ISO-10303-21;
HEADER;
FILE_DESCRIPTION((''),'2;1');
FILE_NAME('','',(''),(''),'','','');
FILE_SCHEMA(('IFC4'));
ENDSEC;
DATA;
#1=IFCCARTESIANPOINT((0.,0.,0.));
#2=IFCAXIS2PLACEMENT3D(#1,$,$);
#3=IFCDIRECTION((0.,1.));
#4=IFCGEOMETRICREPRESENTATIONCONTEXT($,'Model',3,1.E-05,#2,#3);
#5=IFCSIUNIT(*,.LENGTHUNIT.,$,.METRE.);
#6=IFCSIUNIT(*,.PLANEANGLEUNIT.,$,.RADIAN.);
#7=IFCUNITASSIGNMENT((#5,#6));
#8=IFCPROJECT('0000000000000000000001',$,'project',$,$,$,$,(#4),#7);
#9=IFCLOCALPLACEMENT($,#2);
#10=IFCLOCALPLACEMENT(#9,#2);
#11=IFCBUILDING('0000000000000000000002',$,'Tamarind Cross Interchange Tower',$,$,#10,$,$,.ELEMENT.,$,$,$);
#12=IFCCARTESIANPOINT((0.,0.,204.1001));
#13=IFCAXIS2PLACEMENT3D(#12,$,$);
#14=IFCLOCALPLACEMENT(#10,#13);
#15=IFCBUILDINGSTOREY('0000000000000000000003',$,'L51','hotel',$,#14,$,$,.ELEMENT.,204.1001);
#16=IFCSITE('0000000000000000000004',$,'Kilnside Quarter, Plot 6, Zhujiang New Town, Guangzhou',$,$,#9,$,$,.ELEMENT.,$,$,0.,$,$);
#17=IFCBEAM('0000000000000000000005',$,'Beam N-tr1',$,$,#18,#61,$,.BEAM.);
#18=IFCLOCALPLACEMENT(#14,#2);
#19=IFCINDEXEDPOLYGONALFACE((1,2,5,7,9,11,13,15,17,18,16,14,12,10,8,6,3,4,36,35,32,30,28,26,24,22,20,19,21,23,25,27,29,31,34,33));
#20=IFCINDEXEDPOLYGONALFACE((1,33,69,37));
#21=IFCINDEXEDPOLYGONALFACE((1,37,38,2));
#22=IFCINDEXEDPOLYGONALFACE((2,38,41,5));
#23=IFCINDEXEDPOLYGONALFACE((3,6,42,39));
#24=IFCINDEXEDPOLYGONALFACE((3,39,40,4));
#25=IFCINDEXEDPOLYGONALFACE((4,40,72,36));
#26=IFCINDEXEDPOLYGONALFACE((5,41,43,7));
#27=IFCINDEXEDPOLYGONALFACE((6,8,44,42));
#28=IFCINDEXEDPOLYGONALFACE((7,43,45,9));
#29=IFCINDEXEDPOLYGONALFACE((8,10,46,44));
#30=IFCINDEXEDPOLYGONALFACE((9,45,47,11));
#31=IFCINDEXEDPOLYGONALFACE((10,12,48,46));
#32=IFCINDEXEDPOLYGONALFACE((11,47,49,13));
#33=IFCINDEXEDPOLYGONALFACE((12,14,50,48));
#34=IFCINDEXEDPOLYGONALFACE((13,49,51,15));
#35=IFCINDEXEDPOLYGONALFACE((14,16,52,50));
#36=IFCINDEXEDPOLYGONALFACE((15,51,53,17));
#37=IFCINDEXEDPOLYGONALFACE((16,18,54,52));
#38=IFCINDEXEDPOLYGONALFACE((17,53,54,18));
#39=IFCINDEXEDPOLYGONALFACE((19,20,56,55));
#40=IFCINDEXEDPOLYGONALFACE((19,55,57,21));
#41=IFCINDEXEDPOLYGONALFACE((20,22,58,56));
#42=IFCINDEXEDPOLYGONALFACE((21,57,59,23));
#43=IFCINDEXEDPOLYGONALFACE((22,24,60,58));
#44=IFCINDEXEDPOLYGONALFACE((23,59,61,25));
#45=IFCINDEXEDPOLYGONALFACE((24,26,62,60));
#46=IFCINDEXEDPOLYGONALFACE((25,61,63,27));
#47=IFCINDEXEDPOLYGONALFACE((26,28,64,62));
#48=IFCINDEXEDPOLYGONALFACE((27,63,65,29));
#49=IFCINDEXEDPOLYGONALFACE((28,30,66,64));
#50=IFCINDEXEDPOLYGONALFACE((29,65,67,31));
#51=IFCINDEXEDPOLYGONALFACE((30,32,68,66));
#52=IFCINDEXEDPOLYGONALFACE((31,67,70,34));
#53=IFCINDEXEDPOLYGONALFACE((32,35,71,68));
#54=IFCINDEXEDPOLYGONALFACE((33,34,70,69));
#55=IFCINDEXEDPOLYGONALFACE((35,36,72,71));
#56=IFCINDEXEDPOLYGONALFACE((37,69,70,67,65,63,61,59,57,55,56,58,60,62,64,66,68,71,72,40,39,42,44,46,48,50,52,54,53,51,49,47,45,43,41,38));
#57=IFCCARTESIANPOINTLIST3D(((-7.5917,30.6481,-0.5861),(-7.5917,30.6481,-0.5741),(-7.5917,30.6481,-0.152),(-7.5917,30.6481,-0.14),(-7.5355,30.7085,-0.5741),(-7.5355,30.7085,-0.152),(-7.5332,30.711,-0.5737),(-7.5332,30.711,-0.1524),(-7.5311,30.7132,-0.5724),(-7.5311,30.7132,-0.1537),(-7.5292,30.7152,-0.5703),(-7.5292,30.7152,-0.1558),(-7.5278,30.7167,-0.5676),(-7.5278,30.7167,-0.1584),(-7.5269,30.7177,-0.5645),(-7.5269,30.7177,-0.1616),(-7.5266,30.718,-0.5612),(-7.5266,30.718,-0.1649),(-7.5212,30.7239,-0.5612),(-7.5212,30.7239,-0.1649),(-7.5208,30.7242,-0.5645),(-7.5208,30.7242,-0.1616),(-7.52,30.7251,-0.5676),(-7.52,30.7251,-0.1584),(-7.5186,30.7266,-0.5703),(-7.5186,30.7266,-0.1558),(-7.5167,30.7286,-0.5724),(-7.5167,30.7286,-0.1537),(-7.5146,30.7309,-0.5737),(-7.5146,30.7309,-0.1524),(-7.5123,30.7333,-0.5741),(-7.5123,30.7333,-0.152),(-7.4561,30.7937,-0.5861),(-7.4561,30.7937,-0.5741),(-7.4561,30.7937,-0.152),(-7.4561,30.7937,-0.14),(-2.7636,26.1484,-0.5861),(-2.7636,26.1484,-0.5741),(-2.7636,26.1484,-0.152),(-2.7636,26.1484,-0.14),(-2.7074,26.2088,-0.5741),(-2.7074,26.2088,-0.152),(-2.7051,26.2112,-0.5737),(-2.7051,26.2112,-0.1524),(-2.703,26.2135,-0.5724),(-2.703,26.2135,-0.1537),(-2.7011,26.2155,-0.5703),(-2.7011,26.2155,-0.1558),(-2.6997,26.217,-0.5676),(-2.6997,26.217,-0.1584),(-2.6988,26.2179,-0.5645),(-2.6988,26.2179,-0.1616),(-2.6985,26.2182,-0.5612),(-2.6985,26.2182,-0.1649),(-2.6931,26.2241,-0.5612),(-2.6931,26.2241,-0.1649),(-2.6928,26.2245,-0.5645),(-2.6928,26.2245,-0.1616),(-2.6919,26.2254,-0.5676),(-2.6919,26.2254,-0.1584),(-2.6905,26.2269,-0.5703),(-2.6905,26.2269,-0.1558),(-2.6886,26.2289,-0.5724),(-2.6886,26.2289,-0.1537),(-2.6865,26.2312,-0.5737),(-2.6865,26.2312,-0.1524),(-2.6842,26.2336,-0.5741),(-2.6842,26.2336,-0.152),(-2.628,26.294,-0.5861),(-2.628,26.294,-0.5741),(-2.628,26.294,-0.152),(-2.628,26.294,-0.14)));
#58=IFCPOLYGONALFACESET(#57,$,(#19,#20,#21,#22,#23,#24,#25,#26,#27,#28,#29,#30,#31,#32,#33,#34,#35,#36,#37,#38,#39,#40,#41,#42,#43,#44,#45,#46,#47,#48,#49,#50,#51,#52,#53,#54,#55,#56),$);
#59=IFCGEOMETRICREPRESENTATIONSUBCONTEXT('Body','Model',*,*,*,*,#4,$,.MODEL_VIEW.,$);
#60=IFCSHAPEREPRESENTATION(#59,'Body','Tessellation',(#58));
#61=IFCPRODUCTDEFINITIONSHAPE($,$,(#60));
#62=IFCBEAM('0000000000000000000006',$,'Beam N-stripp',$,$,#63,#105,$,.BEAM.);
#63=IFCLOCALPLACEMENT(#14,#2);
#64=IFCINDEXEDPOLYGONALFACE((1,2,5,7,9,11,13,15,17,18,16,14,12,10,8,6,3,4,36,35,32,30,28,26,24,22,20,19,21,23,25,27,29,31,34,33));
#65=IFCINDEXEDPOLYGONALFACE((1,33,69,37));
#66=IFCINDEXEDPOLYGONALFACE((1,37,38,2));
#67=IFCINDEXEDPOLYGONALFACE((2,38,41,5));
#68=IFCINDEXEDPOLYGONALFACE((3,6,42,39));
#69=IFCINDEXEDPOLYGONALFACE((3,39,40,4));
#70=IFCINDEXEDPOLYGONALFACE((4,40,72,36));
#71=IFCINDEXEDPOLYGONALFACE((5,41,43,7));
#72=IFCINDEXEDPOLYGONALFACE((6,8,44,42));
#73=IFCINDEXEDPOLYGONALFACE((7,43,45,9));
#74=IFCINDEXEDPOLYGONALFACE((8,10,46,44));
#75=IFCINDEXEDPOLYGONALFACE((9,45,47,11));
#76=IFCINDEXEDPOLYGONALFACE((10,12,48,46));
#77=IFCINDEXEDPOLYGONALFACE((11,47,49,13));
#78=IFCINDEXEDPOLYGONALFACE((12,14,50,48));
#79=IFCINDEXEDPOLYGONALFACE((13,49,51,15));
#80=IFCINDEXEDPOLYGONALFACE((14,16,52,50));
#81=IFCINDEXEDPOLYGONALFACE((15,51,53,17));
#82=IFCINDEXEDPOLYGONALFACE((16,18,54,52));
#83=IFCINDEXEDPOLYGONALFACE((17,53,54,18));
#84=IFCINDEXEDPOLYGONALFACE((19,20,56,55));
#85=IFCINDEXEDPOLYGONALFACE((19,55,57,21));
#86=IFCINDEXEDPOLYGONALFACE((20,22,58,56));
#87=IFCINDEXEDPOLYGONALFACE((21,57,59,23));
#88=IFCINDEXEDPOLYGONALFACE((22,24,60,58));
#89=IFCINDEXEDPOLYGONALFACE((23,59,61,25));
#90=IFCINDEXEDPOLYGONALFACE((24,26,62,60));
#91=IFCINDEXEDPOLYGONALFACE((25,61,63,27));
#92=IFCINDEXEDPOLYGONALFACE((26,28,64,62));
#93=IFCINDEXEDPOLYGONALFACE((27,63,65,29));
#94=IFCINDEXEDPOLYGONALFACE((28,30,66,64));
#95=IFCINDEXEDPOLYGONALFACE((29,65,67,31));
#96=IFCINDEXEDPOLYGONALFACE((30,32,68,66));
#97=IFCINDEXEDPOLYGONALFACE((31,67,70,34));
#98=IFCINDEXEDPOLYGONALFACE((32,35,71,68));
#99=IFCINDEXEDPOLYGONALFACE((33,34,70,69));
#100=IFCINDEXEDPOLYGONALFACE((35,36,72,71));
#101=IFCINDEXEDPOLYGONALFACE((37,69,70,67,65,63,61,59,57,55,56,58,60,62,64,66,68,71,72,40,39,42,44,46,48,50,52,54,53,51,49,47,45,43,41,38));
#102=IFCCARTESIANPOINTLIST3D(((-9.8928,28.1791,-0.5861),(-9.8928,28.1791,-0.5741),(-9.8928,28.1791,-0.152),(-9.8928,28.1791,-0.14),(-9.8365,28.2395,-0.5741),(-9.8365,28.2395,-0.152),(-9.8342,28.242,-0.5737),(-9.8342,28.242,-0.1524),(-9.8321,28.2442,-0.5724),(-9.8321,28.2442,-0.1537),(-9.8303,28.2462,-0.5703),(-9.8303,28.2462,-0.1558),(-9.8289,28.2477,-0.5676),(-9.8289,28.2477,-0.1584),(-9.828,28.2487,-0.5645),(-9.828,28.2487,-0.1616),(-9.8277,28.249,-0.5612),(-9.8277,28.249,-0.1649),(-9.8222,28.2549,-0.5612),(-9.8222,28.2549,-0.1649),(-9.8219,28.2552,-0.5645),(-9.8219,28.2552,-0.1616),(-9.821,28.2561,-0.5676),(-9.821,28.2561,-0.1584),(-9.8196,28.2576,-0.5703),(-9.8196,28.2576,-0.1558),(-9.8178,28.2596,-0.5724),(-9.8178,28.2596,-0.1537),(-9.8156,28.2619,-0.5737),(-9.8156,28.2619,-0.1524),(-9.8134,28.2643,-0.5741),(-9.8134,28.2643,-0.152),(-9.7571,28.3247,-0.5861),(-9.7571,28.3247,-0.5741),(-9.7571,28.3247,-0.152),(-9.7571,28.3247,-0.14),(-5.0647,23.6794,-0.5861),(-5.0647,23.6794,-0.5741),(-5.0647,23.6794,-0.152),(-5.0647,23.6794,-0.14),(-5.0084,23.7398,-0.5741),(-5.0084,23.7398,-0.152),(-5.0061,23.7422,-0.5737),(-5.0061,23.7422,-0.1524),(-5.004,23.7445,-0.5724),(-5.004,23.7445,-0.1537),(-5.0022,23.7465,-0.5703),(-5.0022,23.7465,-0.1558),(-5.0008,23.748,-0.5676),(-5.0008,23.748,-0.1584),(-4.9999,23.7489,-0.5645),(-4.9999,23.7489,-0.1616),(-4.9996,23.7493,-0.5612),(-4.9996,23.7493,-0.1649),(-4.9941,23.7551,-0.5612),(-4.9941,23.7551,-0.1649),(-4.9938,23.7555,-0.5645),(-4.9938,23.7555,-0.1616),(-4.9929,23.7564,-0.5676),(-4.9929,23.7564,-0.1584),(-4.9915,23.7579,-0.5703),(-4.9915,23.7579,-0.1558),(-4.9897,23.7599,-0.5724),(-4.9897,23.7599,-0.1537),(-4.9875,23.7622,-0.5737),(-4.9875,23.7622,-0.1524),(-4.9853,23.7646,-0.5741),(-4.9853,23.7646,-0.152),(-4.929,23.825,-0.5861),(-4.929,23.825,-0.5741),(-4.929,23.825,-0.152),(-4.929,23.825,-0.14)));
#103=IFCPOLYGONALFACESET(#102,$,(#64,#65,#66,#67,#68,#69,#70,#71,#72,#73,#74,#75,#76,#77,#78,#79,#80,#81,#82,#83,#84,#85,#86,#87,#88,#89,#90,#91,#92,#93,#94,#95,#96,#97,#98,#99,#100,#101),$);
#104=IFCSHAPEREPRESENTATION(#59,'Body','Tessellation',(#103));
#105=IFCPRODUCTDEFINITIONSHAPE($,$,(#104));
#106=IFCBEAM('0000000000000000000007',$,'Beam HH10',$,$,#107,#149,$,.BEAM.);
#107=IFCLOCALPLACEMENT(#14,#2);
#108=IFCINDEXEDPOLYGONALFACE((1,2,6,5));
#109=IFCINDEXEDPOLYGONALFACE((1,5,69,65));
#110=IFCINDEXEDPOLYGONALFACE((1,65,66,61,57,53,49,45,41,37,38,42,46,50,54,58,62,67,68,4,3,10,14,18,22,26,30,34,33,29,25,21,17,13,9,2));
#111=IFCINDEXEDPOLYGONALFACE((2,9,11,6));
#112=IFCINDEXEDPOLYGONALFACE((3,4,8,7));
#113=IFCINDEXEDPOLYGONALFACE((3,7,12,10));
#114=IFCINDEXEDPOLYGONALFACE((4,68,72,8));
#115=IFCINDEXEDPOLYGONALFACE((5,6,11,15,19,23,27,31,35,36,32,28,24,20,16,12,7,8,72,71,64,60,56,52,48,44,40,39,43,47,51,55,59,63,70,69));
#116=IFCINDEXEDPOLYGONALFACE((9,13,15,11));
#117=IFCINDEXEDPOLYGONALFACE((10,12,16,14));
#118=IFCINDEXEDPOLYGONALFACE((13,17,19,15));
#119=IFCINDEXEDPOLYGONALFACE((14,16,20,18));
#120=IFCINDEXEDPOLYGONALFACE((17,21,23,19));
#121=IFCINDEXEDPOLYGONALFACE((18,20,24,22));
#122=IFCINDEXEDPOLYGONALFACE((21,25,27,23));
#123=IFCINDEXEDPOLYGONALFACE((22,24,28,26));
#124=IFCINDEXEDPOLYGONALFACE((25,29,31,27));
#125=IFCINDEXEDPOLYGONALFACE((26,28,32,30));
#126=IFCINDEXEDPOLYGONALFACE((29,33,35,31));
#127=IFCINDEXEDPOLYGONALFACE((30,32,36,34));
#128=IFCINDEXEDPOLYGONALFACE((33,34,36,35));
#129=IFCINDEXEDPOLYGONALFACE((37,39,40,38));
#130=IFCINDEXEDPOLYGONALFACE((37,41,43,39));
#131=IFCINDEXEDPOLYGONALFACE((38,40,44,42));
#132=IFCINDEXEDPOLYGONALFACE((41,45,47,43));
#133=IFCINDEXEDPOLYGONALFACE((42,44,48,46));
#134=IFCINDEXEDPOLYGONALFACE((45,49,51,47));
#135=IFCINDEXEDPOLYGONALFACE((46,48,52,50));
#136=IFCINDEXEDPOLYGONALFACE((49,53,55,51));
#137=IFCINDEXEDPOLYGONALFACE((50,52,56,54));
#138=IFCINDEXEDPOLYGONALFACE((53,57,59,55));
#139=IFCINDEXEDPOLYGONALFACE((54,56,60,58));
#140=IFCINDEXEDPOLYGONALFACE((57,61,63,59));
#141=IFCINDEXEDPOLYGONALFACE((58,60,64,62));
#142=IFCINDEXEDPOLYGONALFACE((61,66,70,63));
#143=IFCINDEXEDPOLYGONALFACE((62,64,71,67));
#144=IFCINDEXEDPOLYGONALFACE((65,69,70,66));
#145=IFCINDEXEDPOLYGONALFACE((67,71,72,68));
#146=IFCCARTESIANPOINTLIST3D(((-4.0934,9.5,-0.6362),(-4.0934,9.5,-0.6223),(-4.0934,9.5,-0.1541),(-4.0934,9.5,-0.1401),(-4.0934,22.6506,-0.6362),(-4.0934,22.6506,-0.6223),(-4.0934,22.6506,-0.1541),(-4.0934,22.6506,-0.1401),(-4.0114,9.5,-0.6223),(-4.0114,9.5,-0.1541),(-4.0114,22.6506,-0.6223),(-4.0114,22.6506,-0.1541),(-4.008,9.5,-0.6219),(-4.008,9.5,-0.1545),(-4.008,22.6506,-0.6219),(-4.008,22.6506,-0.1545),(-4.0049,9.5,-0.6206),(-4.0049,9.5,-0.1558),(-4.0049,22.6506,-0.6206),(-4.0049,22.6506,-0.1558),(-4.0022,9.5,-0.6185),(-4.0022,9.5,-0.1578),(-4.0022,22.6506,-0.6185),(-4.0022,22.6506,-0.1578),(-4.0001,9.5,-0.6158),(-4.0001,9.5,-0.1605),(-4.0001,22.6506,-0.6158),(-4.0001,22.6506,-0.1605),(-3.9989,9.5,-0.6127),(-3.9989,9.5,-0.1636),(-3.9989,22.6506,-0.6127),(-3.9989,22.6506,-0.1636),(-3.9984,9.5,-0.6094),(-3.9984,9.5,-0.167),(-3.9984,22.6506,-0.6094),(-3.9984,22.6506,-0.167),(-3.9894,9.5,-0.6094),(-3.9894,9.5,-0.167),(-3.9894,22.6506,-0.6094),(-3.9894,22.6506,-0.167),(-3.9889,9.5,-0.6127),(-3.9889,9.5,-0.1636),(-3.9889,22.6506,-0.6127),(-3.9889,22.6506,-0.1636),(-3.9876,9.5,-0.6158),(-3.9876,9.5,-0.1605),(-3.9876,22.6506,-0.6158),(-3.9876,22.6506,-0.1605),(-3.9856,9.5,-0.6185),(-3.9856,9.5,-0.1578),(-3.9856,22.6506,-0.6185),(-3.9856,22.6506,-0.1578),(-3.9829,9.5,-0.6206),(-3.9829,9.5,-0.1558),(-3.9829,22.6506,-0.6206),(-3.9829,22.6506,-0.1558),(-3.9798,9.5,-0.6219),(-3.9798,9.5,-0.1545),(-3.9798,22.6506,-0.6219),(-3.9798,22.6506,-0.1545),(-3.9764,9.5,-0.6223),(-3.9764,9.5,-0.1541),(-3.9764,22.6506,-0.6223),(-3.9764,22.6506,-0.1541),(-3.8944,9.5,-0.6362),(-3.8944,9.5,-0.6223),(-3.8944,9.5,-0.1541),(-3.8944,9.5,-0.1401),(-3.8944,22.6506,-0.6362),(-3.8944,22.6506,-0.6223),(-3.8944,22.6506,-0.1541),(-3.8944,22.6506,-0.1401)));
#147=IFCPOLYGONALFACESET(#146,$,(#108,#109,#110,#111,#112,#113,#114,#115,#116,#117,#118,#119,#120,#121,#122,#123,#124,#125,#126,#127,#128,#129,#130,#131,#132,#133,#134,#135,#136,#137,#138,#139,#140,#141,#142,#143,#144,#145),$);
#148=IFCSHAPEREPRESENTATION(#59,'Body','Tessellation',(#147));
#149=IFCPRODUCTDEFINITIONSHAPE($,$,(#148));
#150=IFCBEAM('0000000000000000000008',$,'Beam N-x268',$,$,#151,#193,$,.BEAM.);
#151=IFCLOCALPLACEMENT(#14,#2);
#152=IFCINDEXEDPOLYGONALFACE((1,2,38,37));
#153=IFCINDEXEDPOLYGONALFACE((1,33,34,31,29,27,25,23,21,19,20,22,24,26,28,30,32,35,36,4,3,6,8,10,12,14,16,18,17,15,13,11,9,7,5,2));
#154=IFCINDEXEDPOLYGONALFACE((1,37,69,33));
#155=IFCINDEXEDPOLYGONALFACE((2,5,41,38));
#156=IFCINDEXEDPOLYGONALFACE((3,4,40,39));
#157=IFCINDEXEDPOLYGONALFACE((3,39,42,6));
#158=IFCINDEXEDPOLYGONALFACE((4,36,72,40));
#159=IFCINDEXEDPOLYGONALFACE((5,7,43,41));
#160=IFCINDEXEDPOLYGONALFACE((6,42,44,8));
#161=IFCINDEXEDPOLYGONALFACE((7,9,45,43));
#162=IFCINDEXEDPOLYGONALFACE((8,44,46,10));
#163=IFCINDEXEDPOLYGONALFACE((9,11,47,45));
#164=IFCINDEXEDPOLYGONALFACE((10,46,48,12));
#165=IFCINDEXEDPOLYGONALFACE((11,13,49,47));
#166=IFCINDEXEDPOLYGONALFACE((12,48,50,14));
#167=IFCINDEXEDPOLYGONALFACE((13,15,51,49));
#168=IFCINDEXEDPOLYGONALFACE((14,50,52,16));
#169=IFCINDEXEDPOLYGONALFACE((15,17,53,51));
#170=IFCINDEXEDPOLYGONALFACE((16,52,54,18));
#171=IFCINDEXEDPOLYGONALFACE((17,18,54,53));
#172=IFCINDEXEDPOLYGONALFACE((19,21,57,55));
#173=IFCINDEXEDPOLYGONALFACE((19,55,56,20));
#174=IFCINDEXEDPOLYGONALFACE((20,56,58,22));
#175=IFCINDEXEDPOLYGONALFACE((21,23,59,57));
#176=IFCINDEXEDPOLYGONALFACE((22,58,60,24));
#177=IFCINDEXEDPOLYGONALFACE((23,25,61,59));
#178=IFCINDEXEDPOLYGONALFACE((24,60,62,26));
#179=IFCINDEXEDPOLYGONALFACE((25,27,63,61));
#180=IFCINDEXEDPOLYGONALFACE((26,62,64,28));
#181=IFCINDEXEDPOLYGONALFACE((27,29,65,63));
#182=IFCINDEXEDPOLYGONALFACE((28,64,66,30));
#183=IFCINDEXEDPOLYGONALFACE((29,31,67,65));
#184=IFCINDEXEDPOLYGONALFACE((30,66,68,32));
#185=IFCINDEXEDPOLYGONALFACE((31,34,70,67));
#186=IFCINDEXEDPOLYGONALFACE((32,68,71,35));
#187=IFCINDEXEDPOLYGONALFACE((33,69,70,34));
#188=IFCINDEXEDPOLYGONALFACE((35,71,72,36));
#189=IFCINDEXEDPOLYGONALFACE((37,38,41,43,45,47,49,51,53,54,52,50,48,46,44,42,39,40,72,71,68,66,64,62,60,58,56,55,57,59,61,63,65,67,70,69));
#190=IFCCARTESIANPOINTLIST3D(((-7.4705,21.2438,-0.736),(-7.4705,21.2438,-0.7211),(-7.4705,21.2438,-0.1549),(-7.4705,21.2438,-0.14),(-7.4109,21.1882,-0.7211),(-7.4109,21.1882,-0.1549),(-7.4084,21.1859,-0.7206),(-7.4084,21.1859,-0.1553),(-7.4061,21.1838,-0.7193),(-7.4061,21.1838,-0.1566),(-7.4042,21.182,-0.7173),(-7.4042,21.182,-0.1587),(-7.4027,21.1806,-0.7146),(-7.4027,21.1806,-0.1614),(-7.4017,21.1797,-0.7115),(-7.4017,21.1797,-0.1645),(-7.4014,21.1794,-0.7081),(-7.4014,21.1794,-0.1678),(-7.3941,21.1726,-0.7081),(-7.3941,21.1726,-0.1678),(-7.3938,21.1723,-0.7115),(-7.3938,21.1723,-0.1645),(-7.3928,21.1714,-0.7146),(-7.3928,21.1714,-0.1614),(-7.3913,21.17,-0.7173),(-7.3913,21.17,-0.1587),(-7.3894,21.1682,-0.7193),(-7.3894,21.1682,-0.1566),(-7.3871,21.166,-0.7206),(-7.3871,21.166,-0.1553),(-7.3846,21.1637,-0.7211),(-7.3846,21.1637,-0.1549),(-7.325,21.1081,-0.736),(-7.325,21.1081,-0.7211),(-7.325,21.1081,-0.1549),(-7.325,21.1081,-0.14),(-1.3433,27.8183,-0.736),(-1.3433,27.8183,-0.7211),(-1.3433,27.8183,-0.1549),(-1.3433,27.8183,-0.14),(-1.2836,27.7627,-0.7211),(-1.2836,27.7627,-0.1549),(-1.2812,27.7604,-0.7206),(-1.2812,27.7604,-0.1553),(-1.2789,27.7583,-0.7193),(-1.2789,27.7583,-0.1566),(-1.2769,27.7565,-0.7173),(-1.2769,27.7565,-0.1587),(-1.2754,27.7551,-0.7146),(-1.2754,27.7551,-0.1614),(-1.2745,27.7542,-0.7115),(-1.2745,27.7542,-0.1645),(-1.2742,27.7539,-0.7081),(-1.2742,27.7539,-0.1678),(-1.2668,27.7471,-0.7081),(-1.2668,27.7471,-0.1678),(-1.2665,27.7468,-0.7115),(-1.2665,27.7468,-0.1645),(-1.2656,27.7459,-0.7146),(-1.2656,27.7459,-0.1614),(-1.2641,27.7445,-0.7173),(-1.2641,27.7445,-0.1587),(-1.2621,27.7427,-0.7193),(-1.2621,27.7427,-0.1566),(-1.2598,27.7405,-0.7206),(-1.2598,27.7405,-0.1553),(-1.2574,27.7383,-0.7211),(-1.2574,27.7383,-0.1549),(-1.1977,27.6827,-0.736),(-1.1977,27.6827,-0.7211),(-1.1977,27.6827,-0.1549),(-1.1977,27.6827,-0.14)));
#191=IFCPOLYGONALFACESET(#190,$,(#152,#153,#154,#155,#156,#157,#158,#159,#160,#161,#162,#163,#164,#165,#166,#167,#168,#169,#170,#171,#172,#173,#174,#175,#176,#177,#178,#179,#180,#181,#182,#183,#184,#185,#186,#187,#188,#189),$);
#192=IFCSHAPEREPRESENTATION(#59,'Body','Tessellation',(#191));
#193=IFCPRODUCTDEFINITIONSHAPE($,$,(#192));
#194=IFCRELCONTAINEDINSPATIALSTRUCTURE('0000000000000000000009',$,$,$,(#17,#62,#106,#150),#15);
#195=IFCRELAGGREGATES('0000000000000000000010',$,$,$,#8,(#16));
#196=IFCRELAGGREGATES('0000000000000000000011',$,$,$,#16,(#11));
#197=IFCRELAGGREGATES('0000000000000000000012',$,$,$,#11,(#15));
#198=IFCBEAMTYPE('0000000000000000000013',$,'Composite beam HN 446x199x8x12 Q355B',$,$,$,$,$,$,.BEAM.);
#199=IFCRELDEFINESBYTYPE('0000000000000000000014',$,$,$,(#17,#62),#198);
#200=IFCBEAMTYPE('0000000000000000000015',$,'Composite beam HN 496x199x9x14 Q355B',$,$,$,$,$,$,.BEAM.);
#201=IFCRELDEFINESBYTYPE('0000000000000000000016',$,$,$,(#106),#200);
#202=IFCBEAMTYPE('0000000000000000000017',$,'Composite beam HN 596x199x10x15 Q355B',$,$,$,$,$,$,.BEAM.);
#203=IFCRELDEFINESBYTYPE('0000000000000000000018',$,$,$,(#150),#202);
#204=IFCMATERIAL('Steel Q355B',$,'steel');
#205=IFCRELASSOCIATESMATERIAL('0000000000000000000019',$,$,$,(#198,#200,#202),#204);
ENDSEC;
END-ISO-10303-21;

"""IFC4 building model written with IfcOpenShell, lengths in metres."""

from ifc_helpers import new_model, si_unit, direction, frame, origin, origin_2d, place, context, subcontext, project, spatial, i_section, extrude, material, material_profile, profile_set, type_object, element, save


model = new_model("IFC4")

# Units and contexts
model_context = context("Model", 3, precision=1e-05, world=origin(), true_north=direction((0.0, 1.0)))
body_context = subcontext(model_context, "Body", "Model", "MODEL_VIEW")
ifc_project = project(units=[si_unit("LENGTHUNIT", "METRE"), si_unit("PLANEANGLEUNIT", "RADIAN")], contexts=[model_context])

# Site, building, storey
site_placement = place(None, origin())
site = spatial("IfcSite", under=ifc_project, at=site_placement, Name="Kilnside Quarter, Plot 6, Zhujiang New Town, Guangzhou", CompositionType="ELEMENT", RefElevation=0.0)
building_placement = place(site_placement, origin())
building = spatial("IfcBuilding", under=site, at=building_placement, Name="Tamarind Cross Interchange Tower", CompositionType="ELEMENT")
storey_placement = place(building_placement, frame((0.0, 0.0, 204.1001)))
storey = spatial("IfcBuildingStorey", under=building, at=storey_placement, Name="L51", Description="hotel", CompositionType="ELEMENT", Elevation=204.1001)

# Beams
ifc_material_1 = material(Name="Steel Q355B", Category="steel")
ifc_material_profile_1 = material_profile(ifc_material_1, i_section(OverallWidth=0.199, OverallDepth=0.446, WebThickness=0.0081, FlangeThickness=0.012, FilletRadius=0.0129, at=origin_2d()), Name="HN 446x199x8x12")
ifc_profile_set_1 = profile_set([ifc_material_profile_1], Name="Steel Q355B")
beam_type_1 = type_object("IfcBeamType", Name="Composite beam HN 446x199x8x12 Q355B", PredefinedType="BEAM", material=ifc_profile_set_1)
for number, where, z_axis, x_axis, name in (
    (1, (-2.6958, 26.2212, -0.363), (-0.731546, 0.681792, 0.0), (-0.681792, -0.731546, 0.0), "Beam N-tr1"),
    (2, (-4.9968, 23.7522, -0.363), (-0.731546, 0.681792, 0.0), (-0.681792, -0.731546, 0.0), "Beam N-stripp"),
):
    element("IfcBeam", number, at=place(storey_placement, frame(where, z_axis=z_axis, x_axis=x_axis)), inside=storey, type_object=beam_type_1, Name=name, PredefinedType="BEAM", context=body_context, shape_type="SweptSolid", body=[
        extrude(i_section(OverallWidth=0.199, OverallDepth=0.446, WebThickness=0.0081, FlangeThickness=0.012, FilletRadius=0.0129, at=origin_2d()), origin(), (0.0, 0.0, 1.0), 6.5999),
    ])
ifc_material_profile_2 = material_profile(ifc_material_1, i_section(OverallWidth=0.199, OverallDepth=0.4961, WebThickness=0.009, FlangeThickness=0.0139, FilletRadius=0.0129, at=origin_2d()), Name="HN 496x199x9x14")
ifc_profile_set_2 = profile_set([ifc_material_profile_2], Name="Steel Q355B")
beam_type_2 = type_object("IfcBeamType", Name="Composite beam HN 496x199x9x14 Q355B", PredefinedType="BEAM", material=ifc_profile_set_2)
beam_1_placement = place(storey_placement, frame((-3.9939, 22.6506, -0.3882), z_axis=(0.0, -1.0, 0.0), x_axis=(1.0, 0.0, 0.0)))
element("IfcBeam", 3, at=beam_1_placement, inside=storey, type_object=beam_type_2, Name="Beam HH10", PredefinedType="BEAM", context=body_context, shape_type="SweptSolid", body=[
    extrude(i_section(OverallWidth=0.199, OverallDepth=0.4961, WebThickness=0.009, FlangeThickness=0.0139, FilletRadius=0.0129, at=origin_2d()), origin(), (0.0, 0.0, 1.0), 13.1506),
])
ifc_material_profile_3 = material_profile(ifc_material_1, i_section(OverallWidth=0.199, OverallDepth=0.5959, WebThickness=0.01, FlangeThickness=0.0149, FilletRadius=0.0129, at=origin_2d()), Name="HN 596x199x10x15")
ifc_profile_set_3 = profile_set([ifc_material_profile_3], Name="Steel Q355B")
beam_type_3 = type_object("IfcBeamType", Name="Composite beam HN 596x199x10x15 Q355B", PredefinedType="BEAM", material=ifc_profile_set_3)
beam_2_placement = place(storey_placement, frame((-1.2705, 27.7505, -0.438), z_axis=(-0.681785, -0.731553, 0.0), x_axis=(0.731553, -0.681785, 0.0)))
element("IfcBeam", 4, at=beam_2_placement, inside=storey, type_object=beam_type_3, Name="Beam N-x268", PredefinedType="BEAM", context=body_context, shape_type="SweptSolid", body=[
    extrude(i_section(OverallWidth=0.199, OverallDepth=0.5959, WebThickness=0.01, FlangeThickness=0.0149, FilletRadius=0.0129, at=origin_2d()), origin(), (0.0, 0.0, 1.0), 8.9871),
])

save(model, "model.ifc")
